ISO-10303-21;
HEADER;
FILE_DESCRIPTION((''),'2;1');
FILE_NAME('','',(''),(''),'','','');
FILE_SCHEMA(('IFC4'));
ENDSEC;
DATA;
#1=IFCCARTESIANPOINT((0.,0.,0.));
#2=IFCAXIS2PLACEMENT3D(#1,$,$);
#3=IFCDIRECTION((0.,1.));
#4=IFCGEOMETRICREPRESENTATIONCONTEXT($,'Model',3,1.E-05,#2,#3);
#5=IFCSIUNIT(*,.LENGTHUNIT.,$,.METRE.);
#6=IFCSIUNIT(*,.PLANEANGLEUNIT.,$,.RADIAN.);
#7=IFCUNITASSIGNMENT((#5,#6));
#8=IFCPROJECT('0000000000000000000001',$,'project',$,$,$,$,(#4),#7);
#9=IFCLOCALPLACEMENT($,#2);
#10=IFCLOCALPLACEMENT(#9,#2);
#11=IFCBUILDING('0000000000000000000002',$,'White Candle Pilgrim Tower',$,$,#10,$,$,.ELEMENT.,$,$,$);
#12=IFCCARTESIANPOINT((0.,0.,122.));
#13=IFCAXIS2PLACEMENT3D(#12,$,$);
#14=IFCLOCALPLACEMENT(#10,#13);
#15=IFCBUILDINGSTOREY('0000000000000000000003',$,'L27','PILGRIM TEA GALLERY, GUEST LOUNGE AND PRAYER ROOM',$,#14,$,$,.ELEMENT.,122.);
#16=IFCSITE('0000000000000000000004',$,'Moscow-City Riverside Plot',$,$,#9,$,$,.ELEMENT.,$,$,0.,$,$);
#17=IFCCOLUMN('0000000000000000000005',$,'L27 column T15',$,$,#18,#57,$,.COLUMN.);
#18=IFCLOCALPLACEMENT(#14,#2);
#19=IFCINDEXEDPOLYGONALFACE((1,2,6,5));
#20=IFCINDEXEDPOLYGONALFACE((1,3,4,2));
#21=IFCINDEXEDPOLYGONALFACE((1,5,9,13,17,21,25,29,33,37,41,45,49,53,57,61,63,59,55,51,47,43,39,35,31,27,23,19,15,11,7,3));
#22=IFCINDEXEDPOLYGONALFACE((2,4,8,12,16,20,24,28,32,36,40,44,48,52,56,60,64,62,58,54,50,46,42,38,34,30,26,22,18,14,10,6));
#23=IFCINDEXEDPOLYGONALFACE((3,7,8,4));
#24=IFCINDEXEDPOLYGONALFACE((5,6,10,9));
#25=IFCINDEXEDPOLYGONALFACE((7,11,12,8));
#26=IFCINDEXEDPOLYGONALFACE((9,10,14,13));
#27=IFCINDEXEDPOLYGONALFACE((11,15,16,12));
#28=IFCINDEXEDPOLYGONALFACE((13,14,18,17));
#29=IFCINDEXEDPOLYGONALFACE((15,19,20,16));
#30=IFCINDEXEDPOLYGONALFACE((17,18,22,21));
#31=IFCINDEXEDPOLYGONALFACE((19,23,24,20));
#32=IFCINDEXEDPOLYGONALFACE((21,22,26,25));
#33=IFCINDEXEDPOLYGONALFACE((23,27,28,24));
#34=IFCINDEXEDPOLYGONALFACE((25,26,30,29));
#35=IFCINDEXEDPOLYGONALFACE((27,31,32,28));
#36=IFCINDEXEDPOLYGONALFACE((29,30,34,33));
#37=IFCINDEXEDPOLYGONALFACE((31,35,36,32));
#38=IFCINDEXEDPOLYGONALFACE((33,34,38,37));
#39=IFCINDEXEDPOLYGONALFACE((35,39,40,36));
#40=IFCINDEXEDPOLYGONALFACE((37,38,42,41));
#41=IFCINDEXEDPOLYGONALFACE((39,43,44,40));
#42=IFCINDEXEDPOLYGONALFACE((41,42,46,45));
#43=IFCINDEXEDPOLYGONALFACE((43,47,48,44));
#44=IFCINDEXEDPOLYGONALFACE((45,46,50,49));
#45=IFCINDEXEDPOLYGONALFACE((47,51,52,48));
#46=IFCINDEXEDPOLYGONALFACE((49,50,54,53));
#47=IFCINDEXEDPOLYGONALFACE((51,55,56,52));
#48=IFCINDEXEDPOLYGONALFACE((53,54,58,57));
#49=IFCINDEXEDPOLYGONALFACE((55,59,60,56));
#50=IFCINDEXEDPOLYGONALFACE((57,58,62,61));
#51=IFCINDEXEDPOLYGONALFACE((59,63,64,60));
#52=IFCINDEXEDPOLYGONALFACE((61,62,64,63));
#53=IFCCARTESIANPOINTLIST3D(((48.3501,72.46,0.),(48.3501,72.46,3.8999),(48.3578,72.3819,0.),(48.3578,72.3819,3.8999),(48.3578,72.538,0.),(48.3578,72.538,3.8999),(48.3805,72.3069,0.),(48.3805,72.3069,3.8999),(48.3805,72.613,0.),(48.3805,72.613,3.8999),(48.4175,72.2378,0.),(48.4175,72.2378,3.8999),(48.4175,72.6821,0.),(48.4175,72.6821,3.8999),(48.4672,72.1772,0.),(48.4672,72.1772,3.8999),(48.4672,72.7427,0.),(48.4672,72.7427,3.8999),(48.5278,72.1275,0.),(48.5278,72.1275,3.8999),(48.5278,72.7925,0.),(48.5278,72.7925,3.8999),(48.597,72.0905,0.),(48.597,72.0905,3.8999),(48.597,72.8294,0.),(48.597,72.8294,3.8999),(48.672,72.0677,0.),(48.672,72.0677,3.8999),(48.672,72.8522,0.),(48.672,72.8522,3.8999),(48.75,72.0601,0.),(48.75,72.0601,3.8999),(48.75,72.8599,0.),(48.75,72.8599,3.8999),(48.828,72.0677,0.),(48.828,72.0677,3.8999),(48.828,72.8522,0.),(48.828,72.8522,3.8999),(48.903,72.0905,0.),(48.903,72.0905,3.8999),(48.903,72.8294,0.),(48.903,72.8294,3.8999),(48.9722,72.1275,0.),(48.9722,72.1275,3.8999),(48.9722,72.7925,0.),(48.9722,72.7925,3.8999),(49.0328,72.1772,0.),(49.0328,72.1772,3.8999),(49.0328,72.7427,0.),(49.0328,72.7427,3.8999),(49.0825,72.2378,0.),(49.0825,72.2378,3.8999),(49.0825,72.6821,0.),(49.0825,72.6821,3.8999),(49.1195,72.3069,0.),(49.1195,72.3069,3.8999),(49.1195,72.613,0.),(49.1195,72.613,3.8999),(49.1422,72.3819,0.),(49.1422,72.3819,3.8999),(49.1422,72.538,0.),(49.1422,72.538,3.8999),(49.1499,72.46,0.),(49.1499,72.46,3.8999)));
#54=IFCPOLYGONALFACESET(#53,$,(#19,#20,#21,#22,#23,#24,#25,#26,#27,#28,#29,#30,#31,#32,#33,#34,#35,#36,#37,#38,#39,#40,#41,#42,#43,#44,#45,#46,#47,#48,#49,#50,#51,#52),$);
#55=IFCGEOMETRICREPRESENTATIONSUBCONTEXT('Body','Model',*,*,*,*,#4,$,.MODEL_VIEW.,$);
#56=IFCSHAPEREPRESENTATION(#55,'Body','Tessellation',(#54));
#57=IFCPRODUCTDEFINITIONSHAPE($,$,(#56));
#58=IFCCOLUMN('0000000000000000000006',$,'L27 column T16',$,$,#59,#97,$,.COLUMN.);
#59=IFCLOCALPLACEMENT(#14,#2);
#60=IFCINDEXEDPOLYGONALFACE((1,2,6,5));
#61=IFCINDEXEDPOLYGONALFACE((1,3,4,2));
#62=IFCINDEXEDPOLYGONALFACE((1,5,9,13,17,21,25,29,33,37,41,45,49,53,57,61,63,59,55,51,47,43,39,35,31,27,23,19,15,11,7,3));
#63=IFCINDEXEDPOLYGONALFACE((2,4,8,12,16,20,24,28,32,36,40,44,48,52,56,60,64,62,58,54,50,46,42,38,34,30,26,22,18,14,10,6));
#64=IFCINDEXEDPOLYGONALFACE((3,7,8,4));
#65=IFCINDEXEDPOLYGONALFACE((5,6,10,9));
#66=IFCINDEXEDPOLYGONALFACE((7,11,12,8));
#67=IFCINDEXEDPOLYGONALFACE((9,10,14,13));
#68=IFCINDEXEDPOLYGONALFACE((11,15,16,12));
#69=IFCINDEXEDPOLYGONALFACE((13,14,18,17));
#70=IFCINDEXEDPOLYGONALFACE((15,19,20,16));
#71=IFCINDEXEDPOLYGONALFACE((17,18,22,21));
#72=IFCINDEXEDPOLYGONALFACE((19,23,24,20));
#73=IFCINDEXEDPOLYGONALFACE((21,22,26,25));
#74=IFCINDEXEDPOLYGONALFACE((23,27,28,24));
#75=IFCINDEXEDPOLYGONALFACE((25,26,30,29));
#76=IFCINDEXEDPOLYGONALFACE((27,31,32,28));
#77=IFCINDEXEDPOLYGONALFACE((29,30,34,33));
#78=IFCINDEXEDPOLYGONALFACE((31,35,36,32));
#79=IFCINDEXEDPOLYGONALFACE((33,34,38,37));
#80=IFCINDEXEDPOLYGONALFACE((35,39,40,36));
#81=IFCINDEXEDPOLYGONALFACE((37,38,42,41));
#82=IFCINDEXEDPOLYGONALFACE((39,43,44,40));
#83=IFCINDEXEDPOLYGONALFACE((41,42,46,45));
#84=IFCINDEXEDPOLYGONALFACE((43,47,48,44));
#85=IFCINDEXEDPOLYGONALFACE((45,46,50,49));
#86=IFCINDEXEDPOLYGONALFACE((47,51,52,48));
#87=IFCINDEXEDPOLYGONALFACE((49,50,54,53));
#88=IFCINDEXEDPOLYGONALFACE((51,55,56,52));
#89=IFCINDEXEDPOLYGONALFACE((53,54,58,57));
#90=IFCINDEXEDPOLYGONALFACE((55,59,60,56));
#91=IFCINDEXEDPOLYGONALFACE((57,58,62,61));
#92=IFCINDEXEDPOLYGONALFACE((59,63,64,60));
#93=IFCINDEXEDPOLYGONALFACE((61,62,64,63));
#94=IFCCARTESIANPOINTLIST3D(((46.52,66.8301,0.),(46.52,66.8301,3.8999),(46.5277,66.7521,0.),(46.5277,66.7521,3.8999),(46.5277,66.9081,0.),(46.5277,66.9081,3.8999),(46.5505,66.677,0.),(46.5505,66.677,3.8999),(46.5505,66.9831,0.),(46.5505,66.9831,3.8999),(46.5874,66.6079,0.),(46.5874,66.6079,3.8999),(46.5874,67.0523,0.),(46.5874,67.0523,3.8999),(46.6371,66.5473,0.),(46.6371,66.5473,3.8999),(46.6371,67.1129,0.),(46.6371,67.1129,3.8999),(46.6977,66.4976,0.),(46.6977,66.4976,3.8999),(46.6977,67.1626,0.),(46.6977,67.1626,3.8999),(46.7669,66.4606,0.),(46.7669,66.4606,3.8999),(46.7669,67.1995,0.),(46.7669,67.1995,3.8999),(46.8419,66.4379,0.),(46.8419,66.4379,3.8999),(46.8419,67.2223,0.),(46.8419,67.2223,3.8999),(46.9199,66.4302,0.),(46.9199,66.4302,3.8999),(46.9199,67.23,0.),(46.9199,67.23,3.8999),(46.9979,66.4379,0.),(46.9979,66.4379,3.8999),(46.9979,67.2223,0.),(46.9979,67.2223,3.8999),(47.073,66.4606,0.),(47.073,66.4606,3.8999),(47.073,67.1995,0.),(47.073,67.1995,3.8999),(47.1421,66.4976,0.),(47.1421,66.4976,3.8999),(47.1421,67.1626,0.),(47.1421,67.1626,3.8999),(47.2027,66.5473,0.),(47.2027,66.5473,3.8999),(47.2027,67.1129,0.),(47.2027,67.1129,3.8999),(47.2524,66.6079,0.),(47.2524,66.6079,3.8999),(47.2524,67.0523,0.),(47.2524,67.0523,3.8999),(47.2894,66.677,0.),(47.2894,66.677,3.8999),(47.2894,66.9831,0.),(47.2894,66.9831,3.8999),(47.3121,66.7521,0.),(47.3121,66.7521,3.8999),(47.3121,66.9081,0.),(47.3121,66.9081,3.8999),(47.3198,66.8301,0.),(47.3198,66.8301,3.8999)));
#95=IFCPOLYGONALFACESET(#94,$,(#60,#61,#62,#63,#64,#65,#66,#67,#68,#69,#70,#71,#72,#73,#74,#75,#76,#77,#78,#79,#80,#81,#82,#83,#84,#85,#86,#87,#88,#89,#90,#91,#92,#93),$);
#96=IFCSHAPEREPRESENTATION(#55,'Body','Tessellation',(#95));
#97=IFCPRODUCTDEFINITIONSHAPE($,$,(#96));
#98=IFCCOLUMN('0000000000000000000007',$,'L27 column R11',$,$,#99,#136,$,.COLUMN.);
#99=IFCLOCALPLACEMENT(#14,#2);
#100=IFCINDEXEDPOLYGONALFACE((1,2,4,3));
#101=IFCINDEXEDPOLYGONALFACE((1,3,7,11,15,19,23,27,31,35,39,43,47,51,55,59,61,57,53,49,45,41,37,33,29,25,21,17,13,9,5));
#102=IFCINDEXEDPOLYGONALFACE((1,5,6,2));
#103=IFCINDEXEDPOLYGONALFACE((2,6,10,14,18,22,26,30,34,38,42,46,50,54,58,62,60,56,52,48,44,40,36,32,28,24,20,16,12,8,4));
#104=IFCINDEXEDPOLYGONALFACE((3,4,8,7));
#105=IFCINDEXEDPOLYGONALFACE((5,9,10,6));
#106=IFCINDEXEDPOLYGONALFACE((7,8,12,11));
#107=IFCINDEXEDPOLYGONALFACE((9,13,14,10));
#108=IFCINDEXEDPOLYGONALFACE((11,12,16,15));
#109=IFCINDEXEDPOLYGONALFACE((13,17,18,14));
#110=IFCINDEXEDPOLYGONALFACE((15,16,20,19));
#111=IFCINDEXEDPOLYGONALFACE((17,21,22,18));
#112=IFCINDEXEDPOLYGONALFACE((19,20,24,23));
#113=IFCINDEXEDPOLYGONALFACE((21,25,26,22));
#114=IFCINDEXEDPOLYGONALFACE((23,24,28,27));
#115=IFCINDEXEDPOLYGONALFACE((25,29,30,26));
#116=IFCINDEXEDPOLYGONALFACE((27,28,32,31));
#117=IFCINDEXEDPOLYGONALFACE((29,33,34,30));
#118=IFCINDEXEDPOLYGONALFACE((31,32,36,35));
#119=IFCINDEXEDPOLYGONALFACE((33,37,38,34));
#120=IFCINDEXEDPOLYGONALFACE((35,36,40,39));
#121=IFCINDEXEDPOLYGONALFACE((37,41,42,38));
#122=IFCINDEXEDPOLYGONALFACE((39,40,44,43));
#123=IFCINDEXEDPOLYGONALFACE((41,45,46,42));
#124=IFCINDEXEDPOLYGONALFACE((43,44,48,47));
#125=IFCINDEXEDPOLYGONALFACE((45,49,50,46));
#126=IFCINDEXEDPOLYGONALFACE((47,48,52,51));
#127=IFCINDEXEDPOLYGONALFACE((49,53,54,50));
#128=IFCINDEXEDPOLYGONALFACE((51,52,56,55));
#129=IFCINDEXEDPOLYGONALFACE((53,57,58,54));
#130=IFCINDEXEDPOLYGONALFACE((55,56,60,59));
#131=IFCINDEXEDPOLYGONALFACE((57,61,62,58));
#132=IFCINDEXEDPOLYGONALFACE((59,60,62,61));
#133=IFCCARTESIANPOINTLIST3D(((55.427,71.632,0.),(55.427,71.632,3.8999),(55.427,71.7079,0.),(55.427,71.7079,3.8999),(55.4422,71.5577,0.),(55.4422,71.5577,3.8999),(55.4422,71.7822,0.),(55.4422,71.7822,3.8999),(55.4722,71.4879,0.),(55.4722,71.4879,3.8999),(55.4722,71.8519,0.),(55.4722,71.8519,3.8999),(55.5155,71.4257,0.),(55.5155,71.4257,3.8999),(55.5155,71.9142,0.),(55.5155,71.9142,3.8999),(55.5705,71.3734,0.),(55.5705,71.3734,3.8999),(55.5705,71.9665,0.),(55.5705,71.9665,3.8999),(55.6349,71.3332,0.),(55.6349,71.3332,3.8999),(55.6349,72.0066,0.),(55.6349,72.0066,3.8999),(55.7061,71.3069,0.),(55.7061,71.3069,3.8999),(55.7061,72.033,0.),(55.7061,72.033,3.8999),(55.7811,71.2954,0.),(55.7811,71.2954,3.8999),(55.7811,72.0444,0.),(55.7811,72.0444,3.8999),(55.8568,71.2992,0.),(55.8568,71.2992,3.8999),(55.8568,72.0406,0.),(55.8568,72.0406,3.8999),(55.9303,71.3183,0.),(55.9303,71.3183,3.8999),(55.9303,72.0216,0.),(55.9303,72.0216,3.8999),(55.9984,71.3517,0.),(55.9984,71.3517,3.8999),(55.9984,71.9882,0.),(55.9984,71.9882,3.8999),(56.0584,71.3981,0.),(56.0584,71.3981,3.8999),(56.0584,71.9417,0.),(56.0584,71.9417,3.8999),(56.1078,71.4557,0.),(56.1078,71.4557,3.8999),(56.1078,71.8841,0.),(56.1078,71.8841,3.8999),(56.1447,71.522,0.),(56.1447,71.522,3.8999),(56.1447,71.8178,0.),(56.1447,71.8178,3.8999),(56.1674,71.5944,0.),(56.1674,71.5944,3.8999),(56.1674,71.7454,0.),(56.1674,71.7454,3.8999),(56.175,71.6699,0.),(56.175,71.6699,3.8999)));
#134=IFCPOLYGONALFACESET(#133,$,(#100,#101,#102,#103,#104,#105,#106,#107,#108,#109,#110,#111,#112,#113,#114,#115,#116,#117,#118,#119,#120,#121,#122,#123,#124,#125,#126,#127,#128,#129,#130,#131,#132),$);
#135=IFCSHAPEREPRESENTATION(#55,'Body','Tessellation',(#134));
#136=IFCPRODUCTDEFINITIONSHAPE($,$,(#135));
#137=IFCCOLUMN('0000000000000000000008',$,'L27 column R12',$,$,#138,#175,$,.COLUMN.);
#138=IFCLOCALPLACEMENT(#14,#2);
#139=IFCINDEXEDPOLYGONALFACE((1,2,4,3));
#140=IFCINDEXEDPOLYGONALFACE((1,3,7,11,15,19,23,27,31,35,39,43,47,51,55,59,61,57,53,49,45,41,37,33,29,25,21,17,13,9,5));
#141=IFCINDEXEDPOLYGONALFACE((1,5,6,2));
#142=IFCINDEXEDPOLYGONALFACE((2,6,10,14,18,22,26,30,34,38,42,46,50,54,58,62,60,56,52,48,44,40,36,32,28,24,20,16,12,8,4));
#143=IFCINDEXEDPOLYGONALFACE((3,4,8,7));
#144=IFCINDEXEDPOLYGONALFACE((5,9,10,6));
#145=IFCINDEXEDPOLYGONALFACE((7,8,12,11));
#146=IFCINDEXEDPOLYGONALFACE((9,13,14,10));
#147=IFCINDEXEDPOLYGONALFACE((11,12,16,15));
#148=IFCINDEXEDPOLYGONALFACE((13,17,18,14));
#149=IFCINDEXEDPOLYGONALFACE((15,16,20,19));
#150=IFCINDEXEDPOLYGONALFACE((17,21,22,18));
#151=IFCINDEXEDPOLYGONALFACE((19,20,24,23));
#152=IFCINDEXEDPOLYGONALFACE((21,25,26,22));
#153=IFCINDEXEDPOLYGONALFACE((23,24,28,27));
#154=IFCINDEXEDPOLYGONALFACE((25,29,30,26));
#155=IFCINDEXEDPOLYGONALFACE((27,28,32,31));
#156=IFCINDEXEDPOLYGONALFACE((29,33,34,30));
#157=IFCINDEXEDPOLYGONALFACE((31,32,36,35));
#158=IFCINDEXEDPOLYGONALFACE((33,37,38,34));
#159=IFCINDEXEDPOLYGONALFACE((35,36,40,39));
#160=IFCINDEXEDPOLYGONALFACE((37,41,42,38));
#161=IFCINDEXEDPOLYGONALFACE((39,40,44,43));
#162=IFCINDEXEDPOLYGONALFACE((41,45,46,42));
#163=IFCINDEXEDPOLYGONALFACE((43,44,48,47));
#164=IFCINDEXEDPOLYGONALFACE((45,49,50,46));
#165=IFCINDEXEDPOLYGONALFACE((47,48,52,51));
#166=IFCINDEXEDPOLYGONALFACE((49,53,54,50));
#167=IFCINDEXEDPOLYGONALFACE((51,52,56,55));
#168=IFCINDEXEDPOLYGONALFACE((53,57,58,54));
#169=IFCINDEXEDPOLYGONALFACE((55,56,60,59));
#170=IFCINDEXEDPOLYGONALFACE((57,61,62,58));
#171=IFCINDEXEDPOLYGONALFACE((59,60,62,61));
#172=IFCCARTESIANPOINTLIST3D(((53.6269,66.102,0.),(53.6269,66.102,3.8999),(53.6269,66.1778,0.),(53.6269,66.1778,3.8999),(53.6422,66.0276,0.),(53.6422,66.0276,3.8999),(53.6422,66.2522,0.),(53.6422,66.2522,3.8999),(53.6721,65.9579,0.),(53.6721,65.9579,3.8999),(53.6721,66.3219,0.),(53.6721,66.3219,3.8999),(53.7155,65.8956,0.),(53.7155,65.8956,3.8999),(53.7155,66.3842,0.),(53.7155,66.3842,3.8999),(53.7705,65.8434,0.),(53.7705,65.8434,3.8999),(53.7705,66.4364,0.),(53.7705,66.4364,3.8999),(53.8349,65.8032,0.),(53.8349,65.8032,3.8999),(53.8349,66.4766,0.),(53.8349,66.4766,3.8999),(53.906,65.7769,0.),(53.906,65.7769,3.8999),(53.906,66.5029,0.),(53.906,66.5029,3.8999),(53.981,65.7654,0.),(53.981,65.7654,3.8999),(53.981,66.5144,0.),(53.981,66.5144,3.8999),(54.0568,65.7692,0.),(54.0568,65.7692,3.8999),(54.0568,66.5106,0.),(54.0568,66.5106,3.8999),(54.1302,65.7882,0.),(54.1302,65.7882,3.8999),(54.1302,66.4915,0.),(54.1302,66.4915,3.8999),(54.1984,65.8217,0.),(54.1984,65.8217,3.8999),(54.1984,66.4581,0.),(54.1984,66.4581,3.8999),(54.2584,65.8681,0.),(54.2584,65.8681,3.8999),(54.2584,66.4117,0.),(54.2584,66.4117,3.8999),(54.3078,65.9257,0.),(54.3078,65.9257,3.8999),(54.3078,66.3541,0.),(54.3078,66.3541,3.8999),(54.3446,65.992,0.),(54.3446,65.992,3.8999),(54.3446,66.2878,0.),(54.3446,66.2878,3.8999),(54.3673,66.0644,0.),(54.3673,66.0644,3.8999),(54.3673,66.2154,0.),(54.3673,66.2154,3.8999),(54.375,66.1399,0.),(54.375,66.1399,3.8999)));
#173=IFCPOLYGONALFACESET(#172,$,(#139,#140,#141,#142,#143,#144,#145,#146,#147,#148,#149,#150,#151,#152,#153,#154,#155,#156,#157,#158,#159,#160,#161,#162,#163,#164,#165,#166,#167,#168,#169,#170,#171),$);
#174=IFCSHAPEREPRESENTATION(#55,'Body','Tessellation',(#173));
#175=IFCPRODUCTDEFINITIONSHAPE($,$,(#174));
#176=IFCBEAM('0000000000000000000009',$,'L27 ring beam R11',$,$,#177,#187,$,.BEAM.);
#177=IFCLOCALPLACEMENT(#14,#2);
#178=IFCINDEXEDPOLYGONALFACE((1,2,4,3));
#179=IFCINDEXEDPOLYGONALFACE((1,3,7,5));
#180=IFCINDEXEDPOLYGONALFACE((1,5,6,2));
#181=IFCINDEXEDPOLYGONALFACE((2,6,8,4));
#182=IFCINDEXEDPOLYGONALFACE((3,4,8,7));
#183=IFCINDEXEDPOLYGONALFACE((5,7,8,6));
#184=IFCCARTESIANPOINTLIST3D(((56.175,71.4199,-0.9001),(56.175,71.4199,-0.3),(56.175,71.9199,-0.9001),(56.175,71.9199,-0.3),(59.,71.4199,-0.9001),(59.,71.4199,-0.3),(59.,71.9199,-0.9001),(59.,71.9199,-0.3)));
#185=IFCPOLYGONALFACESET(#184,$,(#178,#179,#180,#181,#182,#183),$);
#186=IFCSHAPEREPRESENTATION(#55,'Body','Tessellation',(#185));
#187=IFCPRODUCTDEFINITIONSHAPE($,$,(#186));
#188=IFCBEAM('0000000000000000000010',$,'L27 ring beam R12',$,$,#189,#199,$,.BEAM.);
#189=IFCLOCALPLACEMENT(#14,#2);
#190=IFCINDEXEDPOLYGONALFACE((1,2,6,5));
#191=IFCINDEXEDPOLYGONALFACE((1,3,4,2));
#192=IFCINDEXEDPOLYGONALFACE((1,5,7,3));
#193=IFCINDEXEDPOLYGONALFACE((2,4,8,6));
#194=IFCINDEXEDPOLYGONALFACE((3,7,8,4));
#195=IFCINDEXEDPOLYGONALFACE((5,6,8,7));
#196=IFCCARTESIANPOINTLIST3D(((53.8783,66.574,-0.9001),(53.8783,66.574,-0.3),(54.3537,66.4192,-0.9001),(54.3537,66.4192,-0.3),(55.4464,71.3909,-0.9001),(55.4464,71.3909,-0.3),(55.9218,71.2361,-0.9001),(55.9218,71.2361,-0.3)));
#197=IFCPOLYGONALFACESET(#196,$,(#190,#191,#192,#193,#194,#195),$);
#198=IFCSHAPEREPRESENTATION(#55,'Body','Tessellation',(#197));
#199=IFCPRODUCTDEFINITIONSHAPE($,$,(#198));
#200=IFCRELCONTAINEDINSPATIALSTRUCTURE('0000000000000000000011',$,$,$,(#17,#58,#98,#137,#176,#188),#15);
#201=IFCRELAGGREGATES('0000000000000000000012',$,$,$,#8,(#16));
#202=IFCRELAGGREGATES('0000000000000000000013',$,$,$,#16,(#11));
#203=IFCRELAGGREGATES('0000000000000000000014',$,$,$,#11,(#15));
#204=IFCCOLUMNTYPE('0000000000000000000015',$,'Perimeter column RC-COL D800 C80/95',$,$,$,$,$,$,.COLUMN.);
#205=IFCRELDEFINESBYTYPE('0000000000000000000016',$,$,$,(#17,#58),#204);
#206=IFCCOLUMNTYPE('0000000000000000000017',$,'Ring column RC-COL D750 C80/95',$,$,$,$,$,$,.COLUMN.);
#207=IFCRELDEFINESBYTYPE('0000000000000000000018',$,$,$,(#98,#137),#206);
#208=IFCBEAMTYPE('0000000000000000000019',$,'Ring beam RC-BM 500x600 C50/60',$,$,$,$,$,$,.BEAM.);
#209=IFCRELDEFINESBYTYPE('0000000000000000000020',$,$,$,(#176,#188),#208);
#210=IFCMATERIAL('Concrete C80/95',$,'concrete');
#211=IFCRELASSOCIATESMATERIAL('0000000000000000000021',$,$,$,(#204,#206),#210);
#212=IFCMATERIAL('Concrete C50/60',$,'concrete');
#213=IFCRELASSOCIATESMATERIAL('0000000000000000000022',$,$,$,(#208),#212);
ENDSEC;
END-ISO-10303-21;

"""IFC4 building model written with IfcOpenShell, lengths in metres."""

from ifc_helpers import new_model, si_unit, direction, frame, origin, origin_2d, place, context, subcontext, project, spatial, rectangle, circle, extrude, material, material_profile, profile_set, type_object, element, save


model = new_model("IFC4")

# Units and contexts
model_context = context("Model", 3, precision=1e-05, world=origin(), true_north=direction((0.0, 1.0)))
body_context = subcontext(model_context, "Body", "Model", "MODEL_VIEW")
ifc_project = project(units=[si_unit("LENGTHUNIT", "METRE"), si_unit("PLANEANGLEUNIT", "RADIAN")], contexts=[model_context])

# Site, building, storey
site_placement = place(None, origin())
site = spatial("IfcSite", under=ifc_project, at=site_placement, Name="Moscow-City Riverside Plot", CompositionType="ELEMENT", RefElevation=0.0)
building_placement = place(site_placement, origin())
building = spatial("IfcBuilding", under=site, at=building_placement, Name="White Candle Pilgrim Tower", CompositionType="ELEMENT")
storey_placement = place(building_placement, frame((0.0, 0.0, 122.0)))
storey = spatial("IfcBuildingStorey", under=building, at=storey_placement, Name="L27", Description="PILGRIM TEA GALLERY, GUEST LOUNGE AND PRAYER ROOM", CompositionType="ELEMENT", Elevation=122.0)

# Columns
ifc_material_1 = material(Name="Concrete C80/95", Category="concrete")
ifc_material_profile_1 = material_profile(ifc_material_1, circle(Radius=0.3999, at=origin_2d()), Name="RC-COL D800")
ifc_profile_set_1 = profile_set([ifc_material_profile_1], Name="Concrete C80/95")
column_type_1 = type_object("IfcColumnType", Name="Perimeter column RC-COL D800 C80/95", PredefinedType="COLUMN", material=ifc_profile_set_1)
for number, where, z_axis, x_axis, name in (
    (1, (48.75, 72.46, 0.0), (0.0, 0.0, 1.0), (1.0, 0.0, 0.0), "L27 column T15"),
    (2, (46.9199, 66.8301, 0.0), (0.0, 0.0, 1.0), (1.0, 0.0, 0.0), "L27 column T16"),
):
    element("IfcColumn", number, at=place(storey_placement, frame(where, z_axis=z_axis, x_axis=x_axis)), inside=storey, type_object=column_type_1, Name=name, PredefinedType="COLUMN", context=body_context, shape_type="SweptSolid", body=[
        extrude(circle(Radius=0.3999, at=origin_2d()), origin(), (0.0, 0.0, 1.0), 3.8999),
    ])
ifc_material_profile_2 = material_profile(ifc_material_1, circle(Radius=0.375, at=origin_2d()), Name="RC-COL D750")
ifc_profile_set_2 = profile_set([ifc_material_profile_2], Name="Concrete C80/95")
column_type_2 = type_object("IfcColumnType", Name="Ring column RC-COL D750 C80/95", PredefinedType="COLUMN", material=ifc_profile_set_2)
for number, where, z_axis, x_axis, name in (
    (3, (55.8, 71.6699, 0.0), (0.0, 0.0, 1.0), (1.0, 0.0, 0.0), "L27 column R11"),
    (4, (54.0, 66.1399, 0.0), (0.0, 0.0, 1.0), (1.0, 0.0, 0.0), "L27 column R12"),
):
    element("IfcColumn", number, at=place(storey_placement, frame(where, z_axis=z_axis, x_axis=x_axis)), inside=storey, type_object=column_type_2, Name=name, PredefinedType="COLUMN", context=body_context, shape_type="SweptSolid", body=[
        extrude(circle(Radius=0.375, at=origin_2d()), origin(), (0.0, 0.0, 1.0), 3.8999),
    ])

# Beams
ifc_material_2 = material(Name="Concrete C50/60", Category="concrete")
ifc_material_profile_3 = material_profile(ifc_material_2, rectangle(XDim=0.5, YDim=0.6001, at=origin_2d()), Name="RC-BM 500x600")
ifc_profile_set_3 = profile_set([ifc_material_profile_3], Name="Concrete C50/60")
beam_type_1 = type_object("IfcBeamType", Name="Ring beam RC-BM 500x600 C50/60", PredefinedType="BEAM", material=ifc_profile_set_3)
beam_1_placement = place(storey_placement, frame((56.175, 71.6699, -0.6001), z_axis=(1.0, 0.0, 0.0), x_axis=(0.0, 1.0, 0.0)))
element("IfcBeam", 5, at=beam_1_placement, inside=storey, type_object=beam_type_1, Name="L27 ring beam R11", PredefinedType="BEAM", context=body_context, shape_type="SweptSolid", body=[
    extrude(rectangle(XDim=0.5, YDim=0.6001, at=origin_2d()), origin(), (0.0, 0.0, 1.0), 2.825),
])
beam_2_placement = place(storey_placement, frame((55.6841, 71.3135, -0.6001), z_axis=(-0.309555, -0.950882, 0.0), x_axis=(0.950882, -0.309555, 0.0)))
element("IfcBeam", 6, at=beam_2_placement, inside=storey, type_object=beam_type_1, Name="L27 ring beam R12", PredefinedType="BEAM", context=body_context, shape_type="SweptSolid", body=[
    extrude(rectangle(XDim=0.5, YDim=0.6001, at=origin_2d()), origin(), (0.0, 0.0, 1.0), 5.0657),
])

save(model, "model.ifc")
